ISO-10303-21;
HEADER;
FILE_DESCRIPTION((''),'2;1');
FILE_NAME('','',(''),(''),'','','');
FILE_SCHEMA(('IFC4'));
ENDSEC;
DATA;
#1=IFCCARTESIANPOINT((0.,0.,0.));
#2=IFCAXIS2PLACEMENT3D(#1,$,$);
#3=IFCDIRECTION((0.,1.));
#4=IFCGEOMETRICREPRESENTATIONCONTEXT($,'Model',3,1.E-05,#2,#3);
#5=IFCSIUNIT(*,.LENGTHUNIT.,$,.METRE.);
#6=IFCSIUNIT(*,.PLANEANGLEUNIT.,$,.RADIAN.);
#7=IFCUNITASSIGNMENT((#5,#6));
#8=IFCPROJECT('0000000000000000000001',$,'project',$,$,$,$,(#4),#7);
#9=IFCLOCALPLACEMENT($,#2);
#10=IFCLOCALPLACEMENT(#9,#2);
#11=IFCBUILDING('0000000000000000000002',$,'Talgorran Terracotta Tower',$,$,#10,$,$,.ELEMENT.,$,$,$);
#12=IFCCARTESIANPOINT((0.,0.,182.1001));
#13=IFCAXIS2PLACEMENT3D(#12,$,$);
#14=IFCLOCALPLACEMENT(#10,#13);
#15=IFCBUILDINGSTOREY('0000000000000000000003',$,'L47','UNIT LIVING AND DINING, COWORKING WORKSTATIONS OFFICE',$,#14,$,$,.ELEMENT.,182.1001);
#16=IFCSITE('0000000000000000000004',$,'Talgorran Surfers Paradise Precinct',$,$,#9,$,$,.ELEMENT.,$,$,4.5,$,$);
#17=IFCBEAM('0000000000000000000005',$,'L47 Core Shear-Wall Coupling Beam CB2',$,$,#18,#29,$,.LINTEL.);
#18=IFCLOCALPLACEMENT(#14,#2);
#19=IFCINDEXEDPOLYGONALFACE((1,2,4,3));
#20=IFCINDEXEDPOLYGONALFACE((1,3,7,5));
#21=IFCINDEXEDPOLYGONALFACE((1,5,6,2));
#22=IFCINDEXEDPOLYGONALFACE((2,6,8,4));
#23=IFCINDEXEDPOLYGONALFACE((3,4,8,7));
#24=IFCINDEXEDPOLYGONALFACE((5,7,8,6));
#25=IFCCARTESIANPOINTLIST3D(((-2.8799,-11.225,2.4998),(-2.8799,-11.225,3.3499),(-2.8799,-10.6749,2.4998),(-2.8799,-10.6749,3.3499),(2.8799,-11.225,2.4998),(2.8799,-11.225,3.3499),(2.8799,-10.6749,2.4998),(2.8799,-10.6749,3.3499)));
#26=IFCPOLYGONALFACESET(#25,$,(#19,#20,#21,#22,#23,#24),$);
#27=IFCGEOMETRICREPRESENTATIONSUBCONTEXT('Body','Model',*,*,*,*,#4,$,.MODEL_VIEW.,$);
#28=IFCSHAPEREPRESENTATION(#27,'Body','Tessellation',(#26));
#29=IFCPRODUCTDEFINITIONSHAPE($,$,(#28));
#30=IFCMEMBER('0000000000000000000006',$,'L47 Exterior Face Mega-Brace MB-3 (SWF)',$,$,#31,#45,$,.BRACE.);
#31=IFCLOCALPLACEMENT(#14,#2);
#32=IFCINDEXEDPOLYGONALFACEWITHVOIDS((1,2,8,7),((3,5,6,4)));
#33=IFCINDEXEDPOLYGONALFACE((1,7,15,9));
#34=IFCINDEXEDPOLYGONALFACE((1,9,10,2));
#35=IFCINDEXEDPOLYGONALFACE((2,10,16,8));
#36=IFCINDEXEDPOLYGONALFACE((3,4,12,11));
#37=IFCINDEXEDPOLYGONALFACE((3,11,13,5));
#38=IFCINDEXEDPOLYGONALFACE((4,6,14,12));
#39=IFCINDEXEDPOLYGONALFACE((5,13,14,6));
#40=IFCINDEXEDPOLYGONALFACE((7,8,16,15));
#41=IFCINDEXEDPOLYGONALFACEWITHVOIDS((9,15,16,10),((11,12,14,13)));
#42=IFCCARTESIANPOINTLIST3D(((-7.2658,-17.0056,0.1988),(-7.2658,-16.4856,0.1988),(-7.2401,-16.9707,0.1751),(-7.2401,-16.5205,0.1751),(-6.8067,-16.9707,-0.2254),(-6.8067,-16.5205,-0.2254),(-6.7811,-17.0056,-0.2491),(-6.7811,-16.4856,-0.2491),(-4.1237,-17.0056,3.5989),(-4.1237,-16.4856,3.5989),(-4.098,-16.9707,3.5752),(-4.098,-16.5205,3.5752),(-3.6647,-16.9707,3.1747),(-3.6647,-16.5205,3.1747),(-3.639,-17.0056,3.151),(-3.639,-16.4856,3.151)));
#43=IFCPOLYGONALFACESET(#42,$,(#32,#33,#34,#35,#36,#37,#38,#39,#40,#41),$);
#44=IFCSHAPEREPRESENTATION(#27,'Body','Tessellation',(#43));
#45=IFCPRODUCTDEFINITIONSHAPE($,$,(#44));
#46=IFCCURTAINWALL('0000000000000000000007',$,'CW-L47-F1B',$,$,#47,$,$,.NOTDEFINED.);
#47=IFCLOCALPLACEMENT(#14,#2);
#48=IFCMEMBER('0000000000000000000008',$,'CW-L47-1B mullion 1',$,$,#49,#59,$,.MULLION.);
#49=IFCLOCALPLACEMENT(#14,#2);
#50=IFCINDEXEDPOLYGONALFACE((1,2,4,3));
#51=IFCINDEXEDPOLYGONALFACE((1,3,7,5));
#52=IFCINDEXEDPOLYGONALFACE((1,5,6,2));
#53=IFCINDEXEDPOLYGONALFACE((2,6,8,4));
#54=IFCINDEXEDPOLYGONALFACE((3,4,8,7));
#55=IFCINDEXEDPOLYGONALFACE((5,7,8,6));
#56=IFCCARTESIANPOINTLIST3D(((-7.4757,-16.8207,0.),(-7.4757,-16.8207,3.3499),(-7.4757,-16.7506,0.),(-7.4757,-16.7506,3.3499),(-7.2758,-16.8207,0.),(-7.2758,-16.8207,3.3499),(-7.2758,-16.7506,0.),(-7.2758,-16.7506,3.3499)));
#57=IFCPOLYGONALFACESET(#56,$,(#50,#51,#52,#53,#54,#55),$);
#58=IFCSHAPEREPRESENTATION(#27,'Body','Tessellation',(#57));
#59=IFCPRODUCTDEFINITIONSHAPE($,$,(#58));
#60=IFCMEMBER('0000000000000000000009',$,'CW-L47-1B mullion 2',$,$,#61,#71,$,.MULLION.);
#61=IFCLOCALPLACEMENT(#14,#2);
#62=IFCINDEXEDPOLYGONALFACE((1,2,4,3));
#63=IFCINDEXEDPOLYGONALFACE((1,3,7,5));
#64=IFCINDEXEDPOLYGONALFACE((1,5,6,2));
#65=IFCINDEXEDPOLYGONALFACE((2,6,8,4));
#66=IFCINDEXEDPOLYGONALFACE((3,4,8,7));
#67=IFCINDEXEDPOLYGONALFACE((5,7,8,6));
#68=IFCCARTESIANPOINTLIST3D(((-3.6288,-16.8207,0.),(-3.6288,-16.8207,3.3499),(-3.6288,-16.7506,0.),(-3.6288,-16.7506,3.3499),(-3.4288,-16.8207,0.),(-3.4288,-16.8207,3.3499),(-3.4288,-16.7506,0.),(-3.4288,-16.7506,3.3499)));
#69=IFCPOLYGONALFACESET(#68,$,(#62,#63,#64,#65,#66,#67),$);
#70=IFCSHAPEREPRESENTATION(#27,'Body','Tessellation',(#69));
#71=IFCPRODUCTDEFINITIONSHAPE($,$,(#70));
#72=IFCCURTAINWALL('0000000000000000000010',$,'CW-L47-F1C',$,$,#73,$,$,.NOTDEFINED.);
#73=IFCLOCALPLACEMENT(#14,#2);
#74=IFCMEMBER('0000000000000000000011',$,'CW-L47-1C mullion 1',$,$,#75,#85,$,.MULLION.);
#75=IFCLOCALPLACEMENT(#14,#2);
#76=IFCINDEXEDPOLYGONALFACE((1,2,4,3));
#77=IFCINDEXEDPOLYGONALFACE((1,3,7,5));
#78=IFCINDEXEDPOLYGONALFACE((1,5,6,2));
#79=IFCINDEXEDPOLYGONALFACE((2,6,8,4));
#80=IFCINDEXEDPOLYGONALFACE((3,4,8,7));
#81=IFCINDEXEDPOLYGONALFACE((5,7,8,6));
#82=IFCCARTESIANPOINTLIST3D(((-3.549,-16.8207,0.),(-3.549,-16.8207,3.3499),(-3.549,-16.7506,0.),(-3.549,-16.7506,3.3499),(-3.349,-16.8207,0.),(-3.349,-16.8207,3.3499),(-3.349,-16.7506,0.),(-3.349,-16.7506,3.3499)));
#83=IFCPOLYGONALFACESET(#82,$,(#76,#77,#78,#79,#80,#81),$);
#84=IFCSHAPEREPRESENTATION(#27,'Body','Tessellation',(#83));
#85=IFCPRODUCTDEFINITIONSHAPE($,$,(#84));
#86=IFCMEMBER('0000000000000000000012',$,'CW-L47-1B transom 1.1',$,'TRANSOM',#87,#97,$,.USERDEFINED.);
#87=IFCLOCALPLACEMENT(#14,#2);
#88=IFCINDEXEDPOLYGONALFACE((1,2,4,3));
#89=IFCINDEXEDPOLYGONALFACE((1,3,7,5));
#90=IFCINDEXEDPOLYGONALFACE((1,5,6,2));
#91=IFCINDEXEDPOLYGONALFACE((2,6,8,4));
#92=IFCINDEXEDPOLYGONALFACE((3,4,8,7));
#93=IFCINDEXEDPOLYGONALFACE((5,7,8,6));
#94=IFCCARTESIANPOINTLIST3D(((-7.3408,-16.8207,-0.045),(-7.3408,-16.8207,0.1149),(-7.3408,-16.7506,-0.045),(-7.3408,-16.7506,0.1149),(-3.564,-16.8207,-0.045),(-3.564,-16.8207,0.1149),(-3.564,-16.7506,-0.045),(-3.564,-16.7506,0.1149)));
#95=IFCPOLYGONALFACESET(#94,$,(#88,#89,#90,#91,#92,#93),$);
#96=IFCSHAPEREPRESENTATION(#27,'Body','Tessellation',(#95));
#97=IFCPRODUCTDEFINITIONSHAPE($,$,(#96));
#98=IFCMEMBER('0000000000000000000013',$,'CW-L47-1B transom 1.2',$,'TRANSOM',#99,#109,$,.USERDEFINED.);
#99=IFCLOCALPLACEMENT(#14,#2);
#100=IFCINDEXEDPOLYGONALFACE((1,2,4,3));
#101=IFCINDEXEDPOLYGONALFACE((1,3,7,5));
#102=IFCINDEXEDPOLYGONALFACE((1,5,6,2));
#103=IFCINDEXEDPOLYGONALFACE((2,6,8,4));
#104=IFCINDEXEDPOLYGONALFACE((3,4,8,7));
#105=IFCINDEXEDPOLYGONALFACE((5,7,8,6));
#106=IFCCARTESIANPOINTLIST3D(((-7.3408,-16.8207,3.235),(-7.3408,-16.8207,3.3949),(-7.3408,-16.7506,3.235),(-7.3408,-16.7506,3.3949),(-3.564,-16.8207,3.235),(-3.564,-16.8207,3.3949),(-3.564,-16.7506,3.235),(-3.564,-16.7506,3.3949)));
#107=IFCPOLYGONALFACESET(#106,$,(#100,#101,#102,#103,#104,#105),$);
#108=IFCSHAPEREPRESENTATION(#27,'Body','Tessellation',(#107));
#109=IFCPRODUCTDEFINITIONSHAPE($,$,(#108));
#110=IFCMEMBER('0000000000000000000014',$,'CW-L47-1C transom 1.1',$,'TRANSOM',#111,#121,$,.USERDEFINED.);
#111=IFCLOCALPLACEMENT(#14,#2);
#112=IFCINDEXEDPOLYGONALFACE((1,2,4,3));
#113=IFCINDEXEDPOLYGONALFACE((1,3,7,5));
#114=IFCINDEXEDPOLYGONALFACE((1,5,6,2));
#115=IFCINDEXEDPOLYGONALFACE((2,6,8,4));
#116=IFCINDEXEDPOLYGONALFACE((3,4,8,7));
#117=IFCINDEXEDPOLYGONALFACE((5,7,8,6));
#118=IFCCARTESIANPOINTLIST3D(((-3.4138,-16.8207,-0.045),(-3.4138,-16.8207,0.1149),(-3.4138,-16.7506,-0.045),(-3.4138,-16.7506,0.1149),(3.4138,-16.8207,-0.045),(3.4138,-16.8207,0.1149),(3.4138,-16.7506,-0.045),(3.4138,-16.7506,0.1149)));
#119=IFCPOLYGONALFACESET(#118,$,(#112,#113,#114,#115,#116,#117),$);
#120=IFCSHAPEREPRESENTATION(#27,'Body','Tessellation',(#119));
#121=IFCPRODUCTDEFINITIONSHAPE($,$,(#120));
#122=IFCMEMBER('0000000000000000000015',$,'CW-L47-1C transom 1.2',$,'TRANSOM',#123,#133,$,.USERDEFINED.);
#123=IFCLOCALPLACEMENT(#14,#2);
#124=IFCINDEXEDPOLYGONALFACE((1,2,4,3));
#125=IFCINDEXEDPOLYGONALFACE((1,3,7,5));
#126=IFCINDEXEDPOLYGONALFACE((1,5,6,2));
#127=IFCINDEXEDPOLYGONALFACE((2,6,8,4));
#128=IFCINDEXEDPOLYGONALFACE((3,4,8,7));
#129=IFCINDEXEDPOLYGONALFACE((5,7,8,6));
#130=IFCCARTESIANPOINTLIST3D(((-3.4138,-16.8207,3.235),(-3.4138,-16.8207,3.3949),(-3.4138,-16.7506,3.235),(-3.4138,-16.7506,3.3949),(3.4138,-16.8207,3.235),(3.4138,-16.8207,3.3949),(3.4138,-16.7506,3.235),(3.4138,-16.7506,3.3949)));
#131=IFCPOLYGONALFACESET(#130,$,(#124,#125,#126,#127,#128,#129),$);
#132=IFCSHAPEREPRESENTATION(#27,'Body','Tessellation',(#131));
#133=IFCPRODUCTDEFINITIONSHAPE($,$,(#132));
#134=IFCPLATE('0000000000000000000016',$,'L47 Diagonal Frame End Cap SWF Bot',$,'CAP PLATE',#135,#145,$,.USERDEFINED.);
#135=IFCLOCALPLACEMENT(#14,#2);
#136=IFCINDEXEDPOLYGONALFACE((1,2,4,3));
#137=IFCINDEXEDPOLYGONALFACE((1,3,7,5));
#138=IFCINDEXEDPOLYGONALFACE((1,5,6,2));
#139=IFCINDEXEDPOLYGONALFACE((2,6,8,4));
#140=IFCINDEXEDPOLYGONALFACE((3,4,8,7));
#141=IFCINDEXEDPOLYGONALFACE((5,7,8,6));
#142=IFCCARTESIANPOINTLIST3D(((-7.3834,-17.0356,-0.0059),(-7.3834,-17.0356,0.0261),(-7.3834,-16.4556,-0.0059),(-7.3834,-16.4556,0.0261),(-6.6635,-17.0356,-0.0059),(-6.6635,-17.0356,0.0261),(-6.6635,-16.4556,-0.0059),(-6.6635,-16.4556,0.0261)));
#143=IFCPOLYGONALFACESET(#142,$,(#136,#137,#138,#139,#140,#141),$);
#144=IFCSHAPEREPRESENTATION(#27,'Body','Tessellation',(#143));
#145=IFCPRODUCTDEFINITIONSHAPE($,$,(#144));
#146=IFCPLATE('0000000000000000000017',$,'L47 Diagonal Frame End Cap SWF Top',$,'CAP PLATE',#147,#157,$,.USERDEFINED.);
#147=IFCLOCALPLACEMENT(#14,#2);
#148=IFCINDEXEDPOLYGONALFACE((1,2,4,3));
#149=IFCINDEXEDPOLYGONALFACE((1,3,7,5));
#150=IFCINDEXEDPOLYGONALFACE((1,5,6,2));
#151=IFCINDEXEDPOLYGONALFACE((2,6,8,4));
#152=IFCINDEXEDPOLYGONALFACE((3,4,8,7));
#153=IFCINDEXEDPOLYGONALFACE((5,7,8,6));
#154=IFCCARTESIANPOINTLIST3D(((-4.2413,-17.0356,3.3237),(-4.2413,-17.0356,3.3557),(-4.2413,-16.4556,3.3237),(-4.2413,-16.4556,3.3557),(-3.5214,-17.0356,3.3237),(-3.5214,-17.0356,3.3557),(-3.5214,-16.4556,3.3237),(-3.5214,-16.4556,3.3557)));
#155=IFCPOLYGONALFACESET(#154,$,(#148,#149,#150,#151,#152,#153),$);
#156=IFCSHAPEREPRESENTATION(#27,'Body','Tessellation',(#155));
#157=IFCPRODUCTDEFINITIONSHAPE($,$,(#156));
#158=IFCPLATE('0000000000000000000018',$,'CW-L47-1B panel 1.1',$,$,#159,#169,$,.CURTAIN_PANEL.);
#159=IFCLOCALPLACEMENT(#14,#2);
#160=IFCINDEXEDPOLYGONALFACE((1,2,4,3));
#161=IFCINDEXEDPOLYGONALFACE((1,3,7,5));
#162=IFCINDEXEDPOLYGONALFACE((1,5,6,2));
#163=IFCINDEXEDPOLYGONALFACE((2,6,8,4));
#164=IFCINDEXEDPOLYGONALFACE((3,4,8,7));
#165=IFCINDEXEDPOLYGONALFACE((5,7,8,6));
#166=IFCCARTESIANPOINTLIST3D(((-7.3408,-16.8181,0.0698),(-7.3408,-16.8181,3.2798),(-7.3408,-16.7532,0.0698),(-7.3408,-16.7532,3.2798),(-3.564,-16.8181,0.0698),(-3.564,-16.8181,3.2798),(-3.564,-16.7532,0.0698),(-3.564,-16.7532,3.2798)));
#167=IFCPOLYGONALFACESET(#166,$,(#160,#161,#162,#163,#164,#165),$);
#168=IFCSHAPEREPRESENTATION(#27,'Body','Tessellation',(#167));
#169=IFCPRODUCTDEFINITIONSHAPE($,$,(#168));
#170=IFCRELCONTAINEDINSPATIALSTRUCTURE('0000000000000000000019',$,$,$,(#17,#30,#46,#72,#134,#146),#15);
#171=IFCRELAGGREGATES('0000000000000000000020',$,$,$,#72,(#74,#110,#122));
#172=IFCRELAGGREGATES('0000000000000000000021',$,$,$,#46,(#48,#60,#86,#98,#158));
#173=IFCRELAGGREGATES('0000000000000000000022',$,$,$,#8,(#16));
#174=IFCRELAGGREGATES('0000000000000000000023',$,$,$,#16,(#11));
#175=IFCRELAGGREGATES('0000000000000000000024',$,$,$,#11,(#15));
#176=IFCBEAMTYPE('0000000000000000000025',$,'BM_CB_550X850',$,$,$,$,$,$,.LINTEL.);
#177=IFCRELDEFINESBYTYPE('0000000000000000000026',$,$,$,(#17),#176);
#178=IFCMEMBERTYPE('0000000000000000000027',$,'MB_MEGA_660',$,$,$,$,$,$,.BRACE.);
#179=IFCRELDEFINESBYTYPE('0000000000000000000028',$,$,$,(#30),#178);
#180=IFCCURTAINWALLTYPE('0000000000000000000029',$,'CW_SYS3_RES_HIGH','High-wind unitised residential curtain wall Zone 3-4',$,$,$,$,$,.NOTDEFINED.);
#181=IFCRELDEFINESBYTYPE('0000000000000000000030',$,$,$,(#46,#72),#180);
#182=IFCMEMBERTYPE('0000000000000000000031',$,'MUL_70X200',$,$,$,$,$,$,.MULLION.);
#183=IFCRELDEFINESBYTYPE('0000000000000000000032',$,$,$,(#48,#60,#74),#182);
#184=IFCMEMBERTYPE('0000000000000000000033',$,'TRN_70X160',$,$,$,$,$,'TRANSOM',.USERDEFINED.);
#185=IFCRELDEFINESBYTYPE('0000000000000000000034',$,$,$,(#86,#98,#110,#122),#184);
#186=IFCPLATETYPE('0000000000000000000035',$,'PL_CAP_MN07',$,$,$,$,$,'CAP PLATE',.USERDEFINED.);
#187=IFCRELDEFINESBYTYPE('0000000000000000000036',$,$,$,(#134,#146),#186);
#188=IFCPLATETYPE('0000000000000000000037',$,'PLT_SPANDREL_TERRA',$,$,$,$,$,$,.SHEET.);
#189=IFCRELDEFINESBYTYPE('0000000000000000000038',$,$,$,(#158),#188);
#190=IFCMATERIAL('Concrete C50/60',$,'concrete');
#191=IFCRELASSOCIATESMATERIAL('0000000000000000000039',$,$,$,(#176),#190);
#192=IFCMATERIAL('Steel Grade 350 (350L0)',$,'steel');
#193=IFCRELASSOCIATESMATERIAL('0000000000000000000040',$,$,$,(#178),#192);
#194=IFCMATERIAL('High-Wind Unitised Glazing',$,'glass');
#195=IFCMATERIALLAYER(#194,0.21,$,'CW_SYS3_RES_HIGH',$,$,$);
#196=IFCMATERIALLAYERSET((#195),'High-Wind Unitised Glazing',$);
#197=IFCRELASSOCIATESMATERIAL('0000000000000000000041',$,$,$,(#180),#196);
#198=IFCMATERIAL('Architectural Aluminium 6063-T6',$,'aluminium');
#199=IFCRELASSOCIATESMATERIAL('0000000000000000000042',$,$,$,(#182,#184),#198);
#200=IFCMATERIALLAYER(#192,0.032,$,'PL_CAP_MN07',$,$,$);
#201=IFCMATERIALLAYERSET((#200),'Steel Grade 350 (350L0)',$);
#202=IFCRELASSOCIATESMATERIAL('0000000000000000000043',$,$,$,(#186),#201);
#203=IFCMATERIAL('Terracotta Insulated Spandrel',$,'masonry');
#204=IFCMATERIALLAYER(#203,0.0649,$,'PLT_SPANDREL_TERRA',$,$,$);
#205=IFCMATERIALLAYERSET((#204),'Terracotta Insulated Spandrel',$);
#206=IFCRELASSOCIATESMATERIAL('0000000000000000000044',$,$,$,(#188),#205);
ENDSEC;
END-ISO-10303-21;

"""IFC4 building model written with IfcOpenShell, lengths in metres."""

from ifc_helpers import new_model, si_unit, direction, frame, origin, origin_2d, place, context, subcontext, project, spatial, rectangle, hollow_rectangle, extrude, source, transform, mapped, material, layer, layer_set, material_profile, profile_set, type_object, type_shapes, element, aggregate, save


model = new_model("IFC4")

# Units and contexts
model_context = context("Model", 3, precision=1e-05, world=origin(), true_north=direction((0.0, 1.0)))
body_context = subcontext(model_context, "Body", "Model", "MODEL_VIEW")
ifc_project = project(units=[si_unit("LENGTHUNIT", "METRE"), si_unit("PLANEANGLEUNIT", "RADIAN")], contexts=[model_context])

# Site, building, storey
site_placement = place(None, origin())
site = spatial("IfcSite", under=ifc_project, at=site_placement, Name="Talgorran Surfers Paradise Precinct", CompositionType="ELEMENT", RefElevation=4.5)
building_placement = place(site_placement, origin())
building = spatial("IfcBuilding", under=site, at=building_placement, Name="Talgorran Terracotta Tower", CompositionType="ELEMENT")
storey_placement = place(building_placement, frame((0.0, 0.0, 182.1001)))
storey = spatial("IfcBuildingStorey", under=building, at=storey_placement, Name="L47", Description="UNIT LIVING AND DINING, COWORKING WORKSTATIONS OFFICE", CompositionType="ELEMENT", Elevation=182.1001)

# Beam
ifc_material_1 = material(Name="Concrete C50/60", Category="concrete")
ifc_material_profile_1 = material_profile(ifc_material_1, rectangle(XDim=0.55, YDim=0.8501, at=origin_2d()), Name="RCCB550X850")
ifc_profile_set_1 = profile_set([ifc_material_profile_1], Name="Concrete C50/60")
beam_type = type_object("IfcBeamType", Name="BM_CB_550X850", PredefinedType="LINTEL", material=ifc_profile_set_1)
beam_placement = place(storey_placement, frame((-2.8799, -10.95, 2.9248), z_axis=(1.0, 0.0, 0.0), x_axis=(0.0, 1.0, 0.0)))
element("IfcBeam", 1, at=beam_placement, inside=storey, type_object=beam_type, Name="L47 Core Shear-Wall Coupling Beam CB2", PredefinedType="LINTEL", context=body_context, shape_type="SweptSolid", body=[
    extrude(rectangle(XDim=0.55, YDim=0.8501, at=origin_2d()), origin(), (0.0, 0.0, 1.0), 5.7598),
])

# Member
ifc_material_2 = material(Name="Steel Grade 350 (350L0)", Category="steel")
ifc_material_profile_2 = material_profile(ifc_material_2, hollow_rectangle(XDim=0.52, YDim=0.6599, WallThickness=0.0349, at=origin_2d()), Name="WBOX660X520X35")
ifc_profile_set_2 = profile_set([ifc_material_profile_2], Name="Steel Grade 350 (350L0)")
member_type_1 = type_object("IfcMemberType", Name="MB_MEGA_660", PredefinedType="BRACE", material=ifc_profile_set_2)
member_1_placement = place(storey_placement, frame((-7.0234, -16.7456, -0.0251), z_axis=(0.678687, 0.0, 0.734427), x_axis=(0.0, 1.0, 0.0)))
element("IfcMember", 2, at=member_1_placement, inside=storey, type_object=member_type_1, Name="L47 Exterior Face Mega-Brace MB-3 (SWF)", PredefinedType="BRACE", context=body_context, shape_type="SweptSolid", body=[
    extrude(hollow_rectangle(XDim=0.52, YDim=0.6599, WallThickness=0.0349, at=origin_2d()), origin(), (0.0, 0.0, 1.0), 4.6296),
])

# Curtain wall, members
ifc_material_3 = material(Name="High-Wind Unitised Glazing", Category="glass")
ifc_layer_1 = layer(ifc_material_3, 0.21, Name="CW_SYS3_RES_HIGH")
ifc_layer_set_1 = layer_set([ifc_layer_1], Name="High-Wind Unitised Glazing")
curtain_wall_type = type_object("IfcCurtainWallType", Name="CW_SYS3_RES_HIGH", Description="High-wind unitised residential curtain wall Zone 3-4", PredefinedType="NOTDEFINED", material=ifc_layer_set_1)
curtain_wall_1_placement = place(storey_placement, origin())
curtain_wall_1 = element("IfcCurtainWall", 3, at=curtain_wall_1_placement, inside=storey, type_object=curtain_wall_type, Name="CW-L47-F1B", PredefinedType="NOTDEFINED")
ifc_material_4 = material(Name="Architectural Aluminium 6063-T6", Category="aluminium")
ifc_material_profile_3 = material_profile(ifc_material_4, rectangle(XDim=0.0701, YDim=0.2, at=origin_2d()), Name="CWM70X200")
ifc_profile_set_3 = profile_set([ifc_material_profile_3], Name="Architectural Aluminium 6063-T6")
member_type_2 = type_object("IfcMemberType", Name="MUL_70X200", PredefinedType="MULLION", material=ifc_profile_set_3)
member_2_placement = place(storey_placement, frame((-7.3757, -16.7856, 0.0), z_axis=(0.0, 0.0, 1.0), x_axis=(0.0, 1.0, 0.0)))
member_2 = element("IfcMember", 4, at=member_2_placement, type_object=member_type_2, Name="CW-L47-1B mullion 1", PredefinedType="MULLION", context=body_context, shape_type="SweptSolid", body=[
    extrude(rectangle(XDim=0.0701, YDim=0.2, at=origin_2d()), origin(), (0.0, 0.0, 1.0), 3.3499),
])
member_3_placement = place(storey_placement, frame((-3.5288, -16.7856, 0.0), z_axis=(0.0, 0.0, 1.0), x_axis=(0.0, 1.0, 0.0)))
member_3 = element("IfcMember", 5, at=member_3_placement, type_object=member_type_2, Name="CW-L47-1B mullion 2", PredefinedType="MULLION", context=body_context, shape_type="SweptSolid", body=[
    extrude(rectangle(XDim=0.0701, YDim=0.2, at=origin_2d()), origin(), (0.0, 0.0, 1.0), 3.3499),
])

# Curtain wall, member
curtain_wall_2_placement = place(storey_placement, origin())
curtain_wall_2 = element("IfcCurtainWall", 6, at=curtain_wall_2_placement, inside=storey, type_object=curtain_wall_type, Name="CW-L47-F1C", PredefinedType="NOTDEFINED")
member_4_placement = place(storey_placement, frame((-3.449, -16.7856, 0.0), z_axis=(0.0, 0.0, 1.0), x_axis=(0.0, 1.0, 0.0)))
member_4 = element("IfcMember", 7, at=member_4_placement, type_object=member_type_2, Name="CW-L47-1C mullion 1", PredefinedType="MULLION", context=body_context, shape_type="SweptSolid", body=[
    extrude(rectangle(XDim=0.0701, YDim=0.2, at=origin_2d()), origin(), (0.0, 0.0, 1.0), 3.3499),
])

# Members
ifc_material_profile_4 = material_profile(ifc_material_4, rectangle(XDim=0.0701, YDim=0.1599, at=origin_2d()), Name="CWT70X160")
ifc_profile_set_4 = profile_set([ifc_material_profile_4], Name="Architectural Aluminium 6063-T6")
member_type_3 = type_object("IfcMemberType", Name="TRN_70X160", ElementType="TRANSOM", PredefinedType="USERDEFINED", material=ifc_profile_set_4)
member_5_placement = place(storey_placement, frame((-7.3408, -16.7856, 0.0349), z_axis=(1.0, 0.0, 0.0), x_axis=(0.0, 1.0, 0.0)))
member_5 = element("IfcMember", 8, at=member_5_placement, type_object=member_type_3, Name="CW-L47-1B transom 1.1", ObjectType="TRANSOM", PredefinedType="USERDEFINED", context=body_context, shape_type="SweptSolid", body=[
    extrude(rectangle(XDim=0.0701, YDim=0.1599, at=origin_2d()), origin(), (0.0, 0.0, 1.0), 3.7769),
])
member_6_placement = place(storey_placement, frame((-7.3408, -16.7856, 3.3149), z_axis=(1.0, 0.0, 0.0), x_axis=(0.0, 1.0, 0.0)))
member_6 = element("IfcMember", 9, at=member_6_placement, type_object=member_type_3, Name="CW-L47-1B transom 1.2", ObjectType="TRANSOM", PredefinedType="USERDEFINED", context=body_context, shape_type="SweptSolid", body=[
    extrude(rectangle(XDim=0.0701, YDim=0.1599, at=origin_2d()), origin(), (0.0, 0.0, 1.0), 3.7769),
])
member_7_placement = place(storey_placement, frame((-3.4138, -16.7856, 0.0349), z_axis=(1.0, 0.0, 0.0), x_axis=(0.0, 1.0, 0.0)))
member_7 = element("IfcMember", 10, at=member_7_placement, type_object=member_type_3, Name="CW-L47-1C transom 1.1", ObjectType="TRANSOM", PredefinedType="USERDEFINED", context=body_context, shape_type="SweptSolid", body=[
    extrude(rectangle(XDim=0.0701, YDim=0.1599, at=origin_2d()), origin(), (0.0, 0.0, 1.0), 6.8276),
])
member_8_placement = place(storey_placement, frame((-3.4138, -16.7856, 3.3149), z_axis=(1.0, 0.0, 0.0), x_axis=(0.0, 1.0, 0.0)))
member_8 = element("IfcMember", 11, at=member_8_placement, type_object=member_type_3, Name="CW-L47-1C transom 1.2", ObjectType="TRANSOM", PredefinedType="USERDEFINED", context=body_context, shape_type="SweptSolid", body=[
    extrude(rectangle(XDim=0.0701, YDim=0.1599, at=origin_2d()), origin(), (0.0, 0.0, 1.0), 6.8276),
])
aggregate(curtain_wall_2, [member_4, member_7, member_8])

# Plates
ifc_layer_2 = layer(ifc_material_2, 0.032, Name="PL_CAP_MN07")
ifc_layer_set_2 = layer_set([ifc_layer_2], Name="Steel Grade 350 (350L0)")
plate_type_1 = type_object("IfcPlateType", Name="PL_CAP_MN07", ElementType="CAP PLATE", PredefinedType="USERDEFINED", material=ifc_layer_set_2)
for number, where, z_axis, x_axis, name in (
    (12, (-7.0234, -16.7456, -0.0059), (0.0, 0.0, 1.0), (1.0, 0.0, 0.0), "L47 Diagonal Frame End Cap SWF Bot"),
    (13, (-3.8813, -16.7456, 3.3237), (0.0, 0.0, 1.0), (1.0, 0.0, 0.0), "L47 Diagonal Frame End Cap SWF Top"),
):
    element("IfcPlate", number, at=place(storey_placement, frame(where, z_axis=z_axis, x_axis=x_axis)), inside=storey, type_object=plate_type_1, Name=name, ObjectType="CAP PLATE", PredefinedType="USERDEFINED", context=body_context, shape_type="SweptSolid", body=[
        extrude(rectangle(XDim=0.72, YDim=0.5801, at=origin_2d()), origin(), (0.0, 0.0, 1.0), 0.032),
    ])

# Plate
ifc_material_5 = material(Name="Terracotta Insulated Spandrel", Category="masonry")
ifc_layer_3 = layer(ifc_material_5, 0.0649, Name="PLT_SPANDREL_TERRA")
ifc_layer_set_3 = layer_set([ifc_layer_3], Name="Terracotta Insulated Spandrel")
plate_type_2 = type_object("IfcPlateType", Name="PLT_SPANDREL_TERRA", PredefinedType="SHEET", material=ifc_layer_set_3)
shared_shape = source(origin(), body_context, "Body", "SweptSolid", [
    extrude(rectangle(XDim=3.7769, YDim=0.0649, at=origin_2d()), origin(), (0.0, 0.0, 1.0), 3.21),
])
type_shapes(plate_type_2, [shared_shape])
plate_placement = place(storey_placement, frame((-5.4524, -16.7856, 0.0698), z_axis=(0.0, 0.0, 1.0), x_axis=(1.0, 0.0, 0.0)))
plate = element("IfcPlate", 14, at=plate_placement, type_object=plate_type_2, Name="CW-L47-1B panel 1.1", PredefinedType="CURTAIN_PANEL", context=body_context, shape_type="MappedRepresentation", body=[
    mapped(shared_shape, transform((0.0, 0.0, 0.0), scale=1.0)),
])
aggregate(curtain_wall_1, [member_2, member_3, member_5, member_6, plate])

save(model, "model.ifc")
